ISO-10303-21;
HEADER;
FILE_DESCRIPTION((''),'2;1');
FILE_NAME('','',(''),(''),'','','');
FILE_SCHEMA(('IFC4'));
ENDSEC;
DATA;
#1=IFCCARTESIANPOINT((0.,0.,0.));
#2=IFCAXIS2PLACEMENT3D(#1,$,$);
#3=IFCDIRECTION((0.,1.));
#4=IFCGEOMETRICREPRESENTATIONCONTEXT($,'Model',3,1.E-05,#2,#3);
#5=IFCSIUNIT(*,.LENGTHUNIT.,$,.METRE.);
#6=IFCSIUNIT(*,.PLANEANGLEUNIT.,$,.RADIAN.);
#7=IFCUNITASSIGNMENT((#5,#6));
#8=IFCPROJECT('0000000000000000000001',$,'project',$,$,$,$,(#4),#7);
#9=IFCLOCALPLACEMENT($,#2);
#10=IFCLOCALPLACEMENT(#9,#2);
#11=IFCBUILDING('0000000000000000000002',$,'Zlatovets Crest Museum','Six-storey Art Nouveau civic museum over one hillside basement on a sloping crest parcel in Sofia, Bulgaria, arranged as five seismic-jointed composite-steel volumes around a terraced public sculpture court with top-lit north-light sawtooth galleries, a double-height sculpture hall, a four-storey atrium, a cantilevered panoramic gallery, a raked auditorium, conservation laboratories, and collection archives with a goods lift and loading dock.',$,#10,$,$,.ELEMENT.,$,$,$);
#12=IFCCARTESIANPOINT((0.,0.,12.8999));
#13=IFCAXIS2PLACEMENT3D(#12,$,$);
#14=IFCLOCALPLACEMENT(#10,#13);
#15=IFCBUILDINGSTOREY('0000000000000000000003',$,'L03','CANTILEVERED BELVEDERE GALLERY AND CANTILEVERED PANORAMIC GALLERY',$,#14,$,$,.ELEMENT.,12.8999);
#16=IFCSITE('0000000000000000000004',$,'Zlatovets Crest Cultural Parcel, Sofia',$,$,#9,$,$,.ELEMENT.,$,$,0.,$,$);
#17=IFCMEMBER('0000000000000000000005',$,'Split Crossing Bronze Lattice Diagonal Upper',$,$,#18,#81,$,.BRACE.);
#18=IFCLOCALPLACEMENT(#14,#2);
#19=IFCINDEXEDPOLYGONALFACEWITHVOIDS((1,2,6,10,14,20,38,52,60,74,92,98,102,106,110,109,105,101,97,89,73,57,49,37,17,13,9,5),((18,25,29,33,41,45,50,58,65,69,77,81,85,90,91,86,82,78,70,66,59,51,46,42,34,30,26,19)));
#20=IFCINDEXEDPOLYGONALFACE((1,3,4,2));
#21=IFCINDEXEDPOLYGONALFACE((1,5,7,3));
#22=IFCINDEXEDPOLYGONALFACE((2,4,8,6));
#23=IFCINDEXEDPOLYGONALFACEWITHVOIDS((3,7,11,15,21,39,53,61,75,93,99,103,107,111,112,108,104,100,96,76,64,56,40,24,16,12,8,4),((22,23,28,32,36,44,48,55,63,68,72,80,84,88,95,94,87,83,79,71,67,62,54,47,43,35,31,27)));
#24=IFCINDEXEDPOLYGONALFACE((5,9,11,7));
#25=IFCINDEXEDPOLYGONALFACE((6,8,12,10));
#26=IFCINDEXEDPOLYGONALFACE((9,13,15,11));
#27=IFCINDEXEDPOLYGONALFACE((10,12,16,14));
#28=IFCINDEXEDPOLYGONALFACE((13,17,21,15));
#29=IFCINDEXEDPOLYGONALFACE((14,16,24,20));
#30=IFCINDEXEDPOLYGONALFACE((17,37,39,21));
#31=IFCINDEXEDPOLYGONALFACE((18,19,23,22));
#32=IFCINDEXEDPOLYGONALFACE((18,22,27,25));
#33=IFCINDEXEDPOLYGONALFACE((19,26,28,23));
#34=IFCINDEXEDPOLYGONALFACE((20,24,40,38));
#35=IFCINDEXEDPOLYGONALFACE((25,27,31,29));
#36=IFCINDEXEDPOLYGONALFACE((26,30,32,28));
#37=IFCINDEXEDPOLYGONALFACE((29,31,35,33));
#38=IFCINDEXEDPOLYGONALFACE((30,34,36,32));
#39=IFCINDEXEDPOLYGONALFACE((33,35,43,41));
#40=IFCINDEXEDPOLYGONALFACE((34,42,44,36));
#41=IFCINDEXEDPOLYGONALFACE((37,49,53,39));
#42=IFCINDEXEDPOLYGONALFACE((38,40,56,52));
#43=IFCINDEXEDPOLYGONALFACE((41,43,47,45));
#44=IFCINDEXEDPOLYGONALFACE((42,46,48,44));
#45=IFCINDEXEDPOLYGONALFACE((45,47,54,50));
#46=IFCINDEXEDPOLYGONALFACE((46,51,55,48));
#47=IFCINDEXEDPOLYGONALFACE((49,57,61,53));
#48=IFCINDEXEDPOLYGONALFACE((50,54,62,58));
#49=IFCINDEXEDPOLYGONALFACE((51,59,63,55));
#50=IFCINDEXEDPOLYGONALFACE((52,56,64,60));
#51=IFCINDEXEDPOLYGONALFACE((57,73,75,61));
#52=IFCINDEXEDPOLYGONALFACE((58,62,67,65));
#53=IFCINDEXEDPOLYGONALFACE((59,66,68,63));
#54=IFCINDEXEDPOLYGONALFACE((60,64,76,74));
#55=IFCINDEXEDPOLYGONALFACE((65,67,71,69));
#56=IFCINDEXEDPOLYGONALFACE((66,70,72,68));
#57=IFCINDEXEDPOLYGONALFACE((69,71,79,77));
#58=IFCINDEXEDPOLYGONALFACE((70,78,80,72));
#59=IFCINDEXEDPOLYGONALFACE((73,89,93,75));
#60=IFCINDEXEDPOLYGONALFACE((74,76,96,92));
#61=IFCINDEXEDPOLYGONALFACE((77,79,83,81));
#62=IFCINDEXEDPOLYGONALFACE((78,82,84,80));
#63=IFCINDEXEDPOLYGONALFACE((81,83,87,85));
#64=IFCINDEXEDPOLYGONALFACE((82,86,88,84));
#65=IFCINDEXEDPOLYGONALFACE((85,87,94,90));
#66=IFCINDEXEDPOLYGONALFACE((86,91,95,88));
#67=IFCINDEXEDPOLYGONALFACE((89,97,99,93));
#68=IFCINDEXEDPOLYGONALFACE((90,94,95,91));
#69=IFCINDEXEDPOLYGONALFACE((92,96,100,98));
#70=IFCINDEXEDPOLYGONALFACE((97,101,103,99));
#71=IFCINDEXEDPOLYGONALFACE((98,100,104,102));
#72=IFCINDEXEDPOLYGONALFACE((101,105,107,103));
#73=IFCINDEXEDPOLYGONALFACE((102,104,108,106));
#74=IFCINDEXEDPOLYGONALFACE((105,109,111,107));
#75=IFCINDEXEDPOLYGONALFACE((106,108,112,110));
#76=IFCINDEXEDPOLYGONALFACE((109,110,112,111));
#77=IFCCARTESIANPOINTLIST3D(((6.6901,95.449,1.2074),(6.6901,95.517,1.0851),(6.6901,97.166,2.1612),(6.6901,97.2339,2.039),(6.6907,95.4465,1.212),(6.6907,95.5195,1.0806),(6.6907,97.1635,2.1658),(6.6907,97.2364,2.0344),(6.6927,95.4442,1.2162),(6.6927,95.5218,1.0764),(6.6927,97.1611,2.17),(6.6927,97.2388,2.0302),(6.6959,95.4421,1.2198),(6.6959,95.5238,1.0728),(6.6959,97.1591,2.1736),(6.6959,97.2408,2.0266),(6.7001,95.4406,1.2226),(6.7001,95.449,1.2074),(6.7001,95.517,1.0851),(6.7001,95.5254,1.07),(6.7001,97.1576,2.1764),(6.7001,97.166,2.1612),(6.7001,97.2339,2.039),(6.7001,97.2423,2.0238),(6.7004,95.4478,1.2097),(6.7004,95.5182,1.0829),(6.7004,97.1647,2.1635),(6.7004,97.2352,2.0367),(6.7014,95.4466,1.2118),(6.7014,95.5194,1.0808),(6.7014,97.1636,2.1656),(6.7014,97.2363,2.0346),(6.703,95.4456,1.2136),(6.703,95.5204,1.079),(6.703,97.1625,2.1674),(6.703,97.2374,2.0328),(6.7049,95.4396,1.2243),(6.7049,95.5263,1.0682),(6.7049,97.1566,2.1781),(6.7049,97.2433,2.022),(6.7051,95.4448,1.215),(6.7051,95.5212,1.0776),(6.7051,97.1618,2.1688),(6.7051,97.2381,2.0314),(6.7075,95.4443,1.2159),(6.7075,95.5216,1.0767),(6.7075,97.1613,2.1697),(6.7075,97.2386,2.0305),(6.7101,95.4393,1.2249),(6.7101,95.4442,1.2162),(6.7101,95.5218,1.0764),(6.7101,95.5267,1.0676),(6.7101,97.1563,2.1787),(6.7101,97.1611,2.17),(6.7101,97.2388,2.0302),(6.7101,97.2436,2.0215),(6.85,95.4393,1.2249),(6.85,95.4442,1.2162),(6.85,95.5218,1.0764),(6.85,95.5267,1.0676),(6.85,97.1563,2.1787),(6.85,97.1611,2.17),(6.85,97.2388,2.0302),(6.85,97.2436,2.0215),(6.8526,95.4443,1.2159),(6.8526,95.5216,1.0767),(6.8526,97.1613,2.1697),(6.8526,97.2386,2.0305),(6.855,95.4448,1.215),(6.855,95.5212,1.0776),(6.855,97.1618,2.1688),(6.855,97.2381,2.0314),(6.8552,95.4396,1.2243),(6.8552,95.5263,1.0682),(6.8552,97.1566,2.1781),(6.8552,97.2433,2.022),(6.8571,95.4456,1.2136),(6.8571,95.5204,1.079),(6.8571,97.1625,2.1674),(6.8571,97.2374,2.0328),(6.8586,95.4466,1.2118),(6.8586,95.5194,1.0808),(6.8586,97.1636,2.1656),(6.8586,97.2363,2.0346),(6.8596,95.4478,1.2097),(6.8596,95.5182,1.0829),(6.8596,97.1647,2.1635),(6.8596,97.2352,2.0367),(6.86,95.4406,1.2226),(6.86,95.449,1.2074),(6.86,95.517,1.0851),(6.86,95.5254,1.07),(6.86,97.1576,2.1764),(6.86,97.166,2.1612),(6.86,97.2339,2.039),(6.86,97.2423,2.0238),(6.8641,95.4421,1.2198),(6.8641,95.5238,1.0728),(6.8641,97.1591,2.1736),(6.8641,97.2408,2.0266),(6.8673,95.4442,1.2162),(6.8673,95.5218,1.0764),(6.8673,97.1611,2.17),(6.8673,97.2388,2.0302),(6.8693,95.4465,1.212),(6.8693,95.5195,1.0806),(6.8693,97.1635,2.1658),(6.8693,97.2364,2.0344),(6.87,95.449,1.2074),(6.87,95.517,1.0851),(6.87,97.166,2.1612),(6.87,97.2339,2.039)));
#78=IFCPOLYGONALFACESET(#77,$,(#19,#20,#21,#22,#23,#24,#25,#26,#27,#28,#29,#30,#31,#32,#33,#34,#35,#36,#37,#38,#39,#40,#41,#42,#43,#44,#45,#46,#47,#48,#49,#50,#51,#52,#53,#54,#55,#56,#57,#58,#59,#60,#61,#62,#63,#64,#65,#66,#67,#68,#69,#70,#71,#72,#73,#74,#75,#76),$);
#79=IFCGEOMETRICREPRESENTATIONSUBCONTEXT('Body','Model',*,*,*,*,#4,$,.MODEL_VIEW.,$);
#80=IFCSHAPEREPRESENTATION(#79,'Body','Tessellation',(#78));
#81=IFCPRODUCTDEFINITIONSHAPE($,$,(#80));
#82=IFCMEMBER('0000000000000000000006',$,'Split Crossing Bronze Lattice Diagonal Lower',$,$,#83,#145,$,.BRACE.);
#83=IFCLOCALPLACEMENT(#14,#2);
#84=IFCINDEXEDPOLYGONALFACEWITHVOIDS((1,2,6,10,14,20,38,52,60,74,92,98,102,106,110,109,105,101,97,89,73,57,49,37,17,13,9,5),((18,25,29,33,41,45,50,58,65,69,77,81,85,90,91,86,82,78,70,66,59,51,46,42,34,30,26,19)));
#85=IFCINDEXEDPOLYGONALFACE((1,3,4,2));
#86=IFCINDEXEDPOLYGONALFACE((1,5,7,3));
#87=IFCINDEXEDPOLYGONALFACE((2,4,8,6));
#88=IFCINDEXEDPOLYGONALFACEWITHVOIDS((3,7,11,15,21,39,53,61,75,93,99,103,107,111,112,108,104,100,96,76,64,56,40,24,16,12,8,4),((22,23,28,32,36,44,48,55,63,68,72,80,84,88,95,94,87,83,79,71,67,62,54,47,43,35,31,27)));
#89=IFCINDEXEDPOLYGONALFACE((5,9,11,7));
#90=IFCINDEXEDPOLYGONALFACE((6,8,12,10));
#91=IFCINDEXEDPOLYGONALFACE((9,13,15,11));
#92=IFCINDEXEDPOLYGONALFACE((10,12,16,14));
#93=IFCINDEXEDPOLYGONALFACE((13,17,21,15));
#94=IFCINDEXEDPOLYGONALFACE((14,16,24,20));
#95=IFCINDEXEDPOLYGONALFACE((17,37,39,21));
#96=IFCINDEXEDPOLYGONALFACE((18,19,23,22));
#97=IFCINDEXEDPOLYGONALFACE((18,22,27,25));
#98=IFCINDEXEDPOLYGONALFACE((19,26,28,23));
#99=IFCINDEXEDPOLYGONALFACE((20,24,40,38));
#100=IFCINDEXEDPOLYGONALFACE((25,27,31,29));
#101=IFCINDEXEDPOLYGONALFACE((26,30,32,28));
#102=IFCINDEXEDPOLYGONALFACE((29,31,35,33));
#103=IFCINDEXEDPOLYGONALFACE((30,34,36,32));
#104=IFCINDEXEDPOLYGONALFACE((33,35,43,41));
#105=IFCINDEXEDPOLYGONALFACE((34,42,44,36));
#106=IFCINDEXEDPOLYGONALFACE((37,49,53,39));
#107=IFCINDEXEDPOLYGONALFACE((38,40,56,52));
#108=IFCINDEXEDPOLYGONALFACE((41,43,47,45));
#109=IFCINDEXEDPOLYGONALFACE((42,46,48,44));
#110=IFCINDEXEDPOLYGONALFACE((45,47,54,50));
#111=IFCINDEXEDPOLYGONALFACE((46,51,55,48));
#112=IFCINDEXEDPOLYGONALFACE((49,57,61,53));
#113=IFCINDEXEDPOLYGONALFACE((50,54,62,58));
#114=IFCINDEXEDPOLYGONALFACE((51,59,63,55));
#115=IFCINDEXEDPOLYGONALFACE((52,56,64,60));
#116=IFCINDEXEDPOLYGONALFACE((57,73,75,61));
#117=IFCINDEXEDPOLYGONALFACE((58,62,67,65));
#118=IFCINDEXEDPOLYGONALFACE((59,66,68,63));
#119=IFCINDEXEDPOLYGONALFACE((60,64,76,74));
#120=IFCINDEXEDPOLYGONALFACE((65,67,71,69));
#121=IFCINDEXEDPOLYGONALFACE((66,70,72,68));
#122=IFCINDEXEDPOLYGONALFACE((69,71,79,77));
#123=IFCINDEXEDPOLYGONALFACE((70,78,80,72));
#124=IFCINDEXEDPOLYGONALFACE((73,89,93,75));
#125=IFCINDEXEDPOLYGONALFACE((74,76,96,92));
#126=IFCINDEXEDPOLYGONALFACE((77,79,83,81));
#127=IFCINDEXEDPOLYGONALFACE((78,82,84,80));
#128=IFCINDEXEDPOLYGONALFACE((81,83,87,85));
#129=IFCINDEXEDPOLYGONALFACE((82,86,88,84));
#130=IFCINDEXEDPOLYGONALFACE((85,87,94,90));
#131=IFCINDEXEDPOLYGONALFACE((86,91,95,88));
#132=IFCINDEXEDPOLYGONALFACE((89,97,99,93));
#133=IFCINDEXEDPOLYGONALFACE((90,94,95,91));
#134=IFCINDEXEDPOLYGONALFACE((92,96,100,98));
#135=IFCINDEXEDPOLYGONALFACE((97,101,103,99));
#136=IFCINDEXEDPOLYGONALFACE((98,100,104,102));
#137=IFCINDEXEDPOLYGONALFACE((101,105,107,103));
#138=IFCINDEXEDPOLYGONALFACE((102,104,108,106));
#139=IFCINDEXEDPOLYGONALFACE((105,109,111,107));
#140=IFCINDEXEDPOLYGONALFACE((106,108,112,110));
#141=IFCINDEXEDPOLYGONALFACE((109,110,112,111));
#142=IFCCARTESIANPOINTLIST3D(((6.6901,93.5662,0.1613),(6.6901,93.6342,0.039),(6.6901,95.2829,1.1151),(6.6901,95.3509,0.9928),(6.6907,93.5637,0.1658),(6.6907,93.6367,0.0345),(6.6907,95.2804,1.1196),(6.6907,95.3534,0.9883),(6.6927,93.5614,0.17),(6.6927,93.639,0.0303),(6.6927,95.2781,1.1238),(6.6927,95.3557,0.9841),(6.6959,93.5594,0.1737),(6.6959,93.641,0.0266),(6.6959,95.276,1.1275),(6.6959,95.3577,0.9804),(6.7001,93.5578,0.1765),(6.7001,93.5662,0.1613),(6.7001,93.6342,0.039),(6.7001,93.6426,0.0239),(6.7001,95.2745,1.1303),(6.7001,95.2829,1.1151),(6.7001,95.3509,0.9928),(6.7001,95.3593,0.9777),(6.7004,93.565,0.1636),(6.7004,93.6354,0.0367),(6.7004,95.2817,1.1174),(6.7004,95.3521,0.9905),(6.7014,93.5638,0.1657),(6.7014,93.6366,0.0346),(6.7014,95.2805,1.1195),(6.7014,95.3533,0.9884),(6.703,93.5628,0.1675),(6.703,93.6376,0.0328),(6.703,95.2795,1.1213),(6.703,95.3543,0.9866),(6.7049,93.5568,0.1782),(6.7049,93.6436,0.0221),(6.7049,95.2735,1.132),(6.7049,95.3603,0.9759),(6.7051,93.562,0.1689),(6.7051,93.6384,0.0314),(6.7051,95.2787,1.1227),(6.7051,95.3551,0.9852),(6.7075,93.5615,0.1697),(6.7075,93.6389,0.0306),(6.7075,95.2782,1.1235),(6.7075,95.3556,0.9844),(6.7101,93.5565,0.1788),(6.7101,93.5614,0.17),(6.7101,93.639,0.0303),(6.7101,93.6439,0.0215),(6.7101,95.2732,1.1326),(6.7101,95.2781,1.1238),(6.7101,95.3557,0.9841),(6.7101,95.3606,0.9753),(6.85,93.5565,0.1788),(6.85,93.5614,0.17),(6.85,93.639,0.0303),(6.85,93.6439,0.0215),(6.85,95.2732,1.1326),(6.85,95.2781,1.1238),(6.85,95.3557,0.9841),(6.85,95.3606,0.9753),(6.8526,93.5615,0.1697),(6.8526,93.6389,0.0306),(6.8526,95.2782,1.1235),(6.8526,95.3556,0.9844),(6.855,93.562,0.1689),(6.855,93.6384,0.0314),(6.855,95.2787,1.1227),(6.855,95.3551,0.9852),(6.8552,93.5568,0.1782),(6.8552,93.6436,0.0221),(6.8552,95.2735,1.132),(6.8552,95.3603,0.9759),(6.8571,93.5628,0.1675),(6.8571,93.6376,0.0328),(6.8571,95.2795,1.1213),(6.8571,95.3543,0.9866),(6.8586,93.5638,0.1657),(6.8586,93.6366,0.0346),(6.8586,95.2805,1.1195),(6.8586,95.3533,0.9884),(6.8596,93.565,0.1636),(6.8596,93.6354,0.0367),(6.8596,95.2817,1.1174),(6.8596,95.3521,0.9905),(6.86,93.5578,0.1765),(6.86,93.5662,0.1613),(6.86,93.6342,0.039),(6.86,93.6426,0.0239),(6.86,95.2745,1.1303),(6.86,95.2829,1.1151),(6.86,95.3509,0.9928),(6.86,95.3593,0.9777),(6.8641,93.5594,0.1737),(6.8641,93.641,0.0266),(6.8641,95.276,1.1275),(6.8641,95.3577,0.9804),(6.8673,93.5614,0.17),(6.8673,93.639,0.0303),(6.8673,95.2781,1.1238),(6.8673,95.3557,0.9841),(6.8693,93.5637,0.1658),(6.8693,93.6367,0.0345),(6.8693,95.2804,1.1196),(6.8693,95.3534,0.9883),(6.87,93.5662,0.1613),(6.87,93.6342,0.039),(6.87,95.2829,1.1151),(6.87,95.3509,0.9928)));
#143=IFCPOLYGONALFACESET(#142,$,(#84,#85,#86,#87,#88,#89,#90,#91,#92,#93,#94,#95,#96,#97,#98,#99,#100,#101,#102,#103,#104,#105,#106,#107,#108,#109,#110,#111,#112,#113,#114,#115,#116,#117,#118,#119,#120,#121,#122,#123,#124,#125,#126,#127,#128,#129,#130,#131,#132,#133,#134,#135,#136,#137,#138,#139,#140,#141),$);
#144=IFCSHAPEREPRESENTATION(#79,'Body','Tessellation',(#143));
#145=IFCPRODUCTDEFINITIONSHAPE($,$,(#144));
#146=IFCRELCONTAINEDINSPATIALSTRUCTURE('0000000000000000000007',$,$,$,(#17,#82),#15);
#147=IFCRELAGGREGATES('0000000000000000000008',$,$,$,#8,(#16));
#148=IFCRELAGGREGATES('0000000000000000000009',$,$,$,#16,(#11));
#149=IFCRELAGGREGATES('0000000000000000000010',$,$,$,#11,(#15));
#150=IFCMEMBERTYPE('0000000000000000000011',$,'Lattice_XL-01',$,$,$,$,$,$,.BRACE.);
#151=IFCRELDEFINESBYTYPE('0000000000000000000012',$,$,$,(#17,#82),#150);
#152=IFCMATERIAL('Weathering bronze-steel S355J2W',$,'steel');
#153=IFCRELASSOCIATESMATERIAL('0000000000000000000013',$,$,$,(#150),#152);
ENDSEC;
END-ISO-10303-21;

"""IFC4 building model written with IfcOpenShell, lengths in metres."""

from ifc_helpers import new_model, si_unit, direction, frame, origin, origin_2d, place, context, subcontext, project, spatial, hollow_rectangle, extrude, material, material_profile, profile_set, type_object, element, save


model = new_model("IFC4")

# Units and contexts
model_context = context("Model", 3, precision=1e-05, world=origin(), true_north=direction((0.0, 1.0)))
body_context = subcontext(model_context, "Body", "Model", "MODEL_VIEW")
ifc_project = project(units=[si_unit("LENGTHUNIT", "METRE"), si_unit("PLANEANGLEUNIT", "RADIAN")], contexts=[model_context])

# Site, building, storey
site_placement = place(None, origin())
site = spatial("IfcSite", under=ifc_project, at=site_placement, Name="Zlatovets Crest Cultural Parcel, Sofia", CompositionType="ELEMENT", RefElevation=0.0)
building_placement = place(site_placement, origin())
building = spatial("IfcBuilding", under=site, at=building_placement, Name="Zlatovets Crest Museum", Description="Six-storey Art Nouveau civic museum over one hillside basement on a sloping crest parcel in Sofia, Bulgaria, arranged as five seismic-jointed composite-steel volumes around a terraced public sculpture court with top-lit north-light sawtooth galleries, a double-height sculpture hall, a four-storey atrium, a cantilevered panoramic gallery, a raked auditorium, conservation laboratories, and collection archives with a goods lift and loading dock.", CompositionType="ELEMENT")
storey_placement = place(building_placement, frame((0.0, 0.0, 12.8999)))
storey = spatial("IfcBuildingStorey", under=building, at=storey_placement, Name="L03", Description="CANTILEVERED BELVEDERE GALLERY AND CANTILEVERED PANORAMIC GALLERY", CompositionType="ELEMENT", Elevation=12.8999)

# Members
ifc_material_1 = material(Name="Weathering bronze-steel S355J2W", Category="steel")
ifc_material_profile_1 = material_profile(ifc_material_1, hollow_rectangle(XDim=0.1799, YDim=0.1799, WallThickness=0.01, InnerFilletRadius=0.01, OuterFilletRadius=0.02, at=origin_2d()), Name="SHS 180x180x10.0")
ifc_profile_set_1 = profile_set([ifc_material_profile_1], Name="Weathering bronze-steel S355J2W")
member_type_1 = type_object("IfcMemberType", Name="Lattice_XL-01", PredefinedType="BRACE", material=ifc_profile_set_1)
member_1_placement = place(storey_placement, frame((6.78, 97.2, 2.1001), z_axis=(0.0, -0.874169, -0.485622), x_axis=(1.0, 0.0, 0.0)))
element("IfcMember", 1, at=member_1_placement, inside=storey, type_object=member_type_1, Name="Split Crossing Bronze Lattice Diagonal Upper", PredefinedType="BRACE", context=body_context, shape_type="SweptSolid", body=[
    extrude(hollow_rectangle(XDim=0.1799, YDim=0.1799, WallThickness=0.01, InnerFilletRadius=0.01, OuterFilletRadius=0.02, at=origin_2d()), origin(), (0.0, 0.0, 1.0), 1.9641),
])
member_2_placement = place(storey_placement, frame((6.78, 95.3169, 1.054), z_axis=(0.0, -0.87414, -0.485675), x_axis=(1.0, 0.0, 0.0)))
element("IfcMember", 2, at=member_2_placement, inside=storey, type_object=member_type_1, Name="Split Crossing Bronze Lattice Diagonal Lower", PredefinedType="BRACE", context=body_context, shape_type="SweptSolid", body=[
    extrude(hollow_rectangle(XDim=0.1799, YDim=0.1799, WallThickness=0.01, InnerFilletRadius=0.01, OuterFilletRadius=0.02, at=origin_2d()), origin(), (0.0, 0.0, 1.0), 1.9639),
])

save(model, "model.ifc")
